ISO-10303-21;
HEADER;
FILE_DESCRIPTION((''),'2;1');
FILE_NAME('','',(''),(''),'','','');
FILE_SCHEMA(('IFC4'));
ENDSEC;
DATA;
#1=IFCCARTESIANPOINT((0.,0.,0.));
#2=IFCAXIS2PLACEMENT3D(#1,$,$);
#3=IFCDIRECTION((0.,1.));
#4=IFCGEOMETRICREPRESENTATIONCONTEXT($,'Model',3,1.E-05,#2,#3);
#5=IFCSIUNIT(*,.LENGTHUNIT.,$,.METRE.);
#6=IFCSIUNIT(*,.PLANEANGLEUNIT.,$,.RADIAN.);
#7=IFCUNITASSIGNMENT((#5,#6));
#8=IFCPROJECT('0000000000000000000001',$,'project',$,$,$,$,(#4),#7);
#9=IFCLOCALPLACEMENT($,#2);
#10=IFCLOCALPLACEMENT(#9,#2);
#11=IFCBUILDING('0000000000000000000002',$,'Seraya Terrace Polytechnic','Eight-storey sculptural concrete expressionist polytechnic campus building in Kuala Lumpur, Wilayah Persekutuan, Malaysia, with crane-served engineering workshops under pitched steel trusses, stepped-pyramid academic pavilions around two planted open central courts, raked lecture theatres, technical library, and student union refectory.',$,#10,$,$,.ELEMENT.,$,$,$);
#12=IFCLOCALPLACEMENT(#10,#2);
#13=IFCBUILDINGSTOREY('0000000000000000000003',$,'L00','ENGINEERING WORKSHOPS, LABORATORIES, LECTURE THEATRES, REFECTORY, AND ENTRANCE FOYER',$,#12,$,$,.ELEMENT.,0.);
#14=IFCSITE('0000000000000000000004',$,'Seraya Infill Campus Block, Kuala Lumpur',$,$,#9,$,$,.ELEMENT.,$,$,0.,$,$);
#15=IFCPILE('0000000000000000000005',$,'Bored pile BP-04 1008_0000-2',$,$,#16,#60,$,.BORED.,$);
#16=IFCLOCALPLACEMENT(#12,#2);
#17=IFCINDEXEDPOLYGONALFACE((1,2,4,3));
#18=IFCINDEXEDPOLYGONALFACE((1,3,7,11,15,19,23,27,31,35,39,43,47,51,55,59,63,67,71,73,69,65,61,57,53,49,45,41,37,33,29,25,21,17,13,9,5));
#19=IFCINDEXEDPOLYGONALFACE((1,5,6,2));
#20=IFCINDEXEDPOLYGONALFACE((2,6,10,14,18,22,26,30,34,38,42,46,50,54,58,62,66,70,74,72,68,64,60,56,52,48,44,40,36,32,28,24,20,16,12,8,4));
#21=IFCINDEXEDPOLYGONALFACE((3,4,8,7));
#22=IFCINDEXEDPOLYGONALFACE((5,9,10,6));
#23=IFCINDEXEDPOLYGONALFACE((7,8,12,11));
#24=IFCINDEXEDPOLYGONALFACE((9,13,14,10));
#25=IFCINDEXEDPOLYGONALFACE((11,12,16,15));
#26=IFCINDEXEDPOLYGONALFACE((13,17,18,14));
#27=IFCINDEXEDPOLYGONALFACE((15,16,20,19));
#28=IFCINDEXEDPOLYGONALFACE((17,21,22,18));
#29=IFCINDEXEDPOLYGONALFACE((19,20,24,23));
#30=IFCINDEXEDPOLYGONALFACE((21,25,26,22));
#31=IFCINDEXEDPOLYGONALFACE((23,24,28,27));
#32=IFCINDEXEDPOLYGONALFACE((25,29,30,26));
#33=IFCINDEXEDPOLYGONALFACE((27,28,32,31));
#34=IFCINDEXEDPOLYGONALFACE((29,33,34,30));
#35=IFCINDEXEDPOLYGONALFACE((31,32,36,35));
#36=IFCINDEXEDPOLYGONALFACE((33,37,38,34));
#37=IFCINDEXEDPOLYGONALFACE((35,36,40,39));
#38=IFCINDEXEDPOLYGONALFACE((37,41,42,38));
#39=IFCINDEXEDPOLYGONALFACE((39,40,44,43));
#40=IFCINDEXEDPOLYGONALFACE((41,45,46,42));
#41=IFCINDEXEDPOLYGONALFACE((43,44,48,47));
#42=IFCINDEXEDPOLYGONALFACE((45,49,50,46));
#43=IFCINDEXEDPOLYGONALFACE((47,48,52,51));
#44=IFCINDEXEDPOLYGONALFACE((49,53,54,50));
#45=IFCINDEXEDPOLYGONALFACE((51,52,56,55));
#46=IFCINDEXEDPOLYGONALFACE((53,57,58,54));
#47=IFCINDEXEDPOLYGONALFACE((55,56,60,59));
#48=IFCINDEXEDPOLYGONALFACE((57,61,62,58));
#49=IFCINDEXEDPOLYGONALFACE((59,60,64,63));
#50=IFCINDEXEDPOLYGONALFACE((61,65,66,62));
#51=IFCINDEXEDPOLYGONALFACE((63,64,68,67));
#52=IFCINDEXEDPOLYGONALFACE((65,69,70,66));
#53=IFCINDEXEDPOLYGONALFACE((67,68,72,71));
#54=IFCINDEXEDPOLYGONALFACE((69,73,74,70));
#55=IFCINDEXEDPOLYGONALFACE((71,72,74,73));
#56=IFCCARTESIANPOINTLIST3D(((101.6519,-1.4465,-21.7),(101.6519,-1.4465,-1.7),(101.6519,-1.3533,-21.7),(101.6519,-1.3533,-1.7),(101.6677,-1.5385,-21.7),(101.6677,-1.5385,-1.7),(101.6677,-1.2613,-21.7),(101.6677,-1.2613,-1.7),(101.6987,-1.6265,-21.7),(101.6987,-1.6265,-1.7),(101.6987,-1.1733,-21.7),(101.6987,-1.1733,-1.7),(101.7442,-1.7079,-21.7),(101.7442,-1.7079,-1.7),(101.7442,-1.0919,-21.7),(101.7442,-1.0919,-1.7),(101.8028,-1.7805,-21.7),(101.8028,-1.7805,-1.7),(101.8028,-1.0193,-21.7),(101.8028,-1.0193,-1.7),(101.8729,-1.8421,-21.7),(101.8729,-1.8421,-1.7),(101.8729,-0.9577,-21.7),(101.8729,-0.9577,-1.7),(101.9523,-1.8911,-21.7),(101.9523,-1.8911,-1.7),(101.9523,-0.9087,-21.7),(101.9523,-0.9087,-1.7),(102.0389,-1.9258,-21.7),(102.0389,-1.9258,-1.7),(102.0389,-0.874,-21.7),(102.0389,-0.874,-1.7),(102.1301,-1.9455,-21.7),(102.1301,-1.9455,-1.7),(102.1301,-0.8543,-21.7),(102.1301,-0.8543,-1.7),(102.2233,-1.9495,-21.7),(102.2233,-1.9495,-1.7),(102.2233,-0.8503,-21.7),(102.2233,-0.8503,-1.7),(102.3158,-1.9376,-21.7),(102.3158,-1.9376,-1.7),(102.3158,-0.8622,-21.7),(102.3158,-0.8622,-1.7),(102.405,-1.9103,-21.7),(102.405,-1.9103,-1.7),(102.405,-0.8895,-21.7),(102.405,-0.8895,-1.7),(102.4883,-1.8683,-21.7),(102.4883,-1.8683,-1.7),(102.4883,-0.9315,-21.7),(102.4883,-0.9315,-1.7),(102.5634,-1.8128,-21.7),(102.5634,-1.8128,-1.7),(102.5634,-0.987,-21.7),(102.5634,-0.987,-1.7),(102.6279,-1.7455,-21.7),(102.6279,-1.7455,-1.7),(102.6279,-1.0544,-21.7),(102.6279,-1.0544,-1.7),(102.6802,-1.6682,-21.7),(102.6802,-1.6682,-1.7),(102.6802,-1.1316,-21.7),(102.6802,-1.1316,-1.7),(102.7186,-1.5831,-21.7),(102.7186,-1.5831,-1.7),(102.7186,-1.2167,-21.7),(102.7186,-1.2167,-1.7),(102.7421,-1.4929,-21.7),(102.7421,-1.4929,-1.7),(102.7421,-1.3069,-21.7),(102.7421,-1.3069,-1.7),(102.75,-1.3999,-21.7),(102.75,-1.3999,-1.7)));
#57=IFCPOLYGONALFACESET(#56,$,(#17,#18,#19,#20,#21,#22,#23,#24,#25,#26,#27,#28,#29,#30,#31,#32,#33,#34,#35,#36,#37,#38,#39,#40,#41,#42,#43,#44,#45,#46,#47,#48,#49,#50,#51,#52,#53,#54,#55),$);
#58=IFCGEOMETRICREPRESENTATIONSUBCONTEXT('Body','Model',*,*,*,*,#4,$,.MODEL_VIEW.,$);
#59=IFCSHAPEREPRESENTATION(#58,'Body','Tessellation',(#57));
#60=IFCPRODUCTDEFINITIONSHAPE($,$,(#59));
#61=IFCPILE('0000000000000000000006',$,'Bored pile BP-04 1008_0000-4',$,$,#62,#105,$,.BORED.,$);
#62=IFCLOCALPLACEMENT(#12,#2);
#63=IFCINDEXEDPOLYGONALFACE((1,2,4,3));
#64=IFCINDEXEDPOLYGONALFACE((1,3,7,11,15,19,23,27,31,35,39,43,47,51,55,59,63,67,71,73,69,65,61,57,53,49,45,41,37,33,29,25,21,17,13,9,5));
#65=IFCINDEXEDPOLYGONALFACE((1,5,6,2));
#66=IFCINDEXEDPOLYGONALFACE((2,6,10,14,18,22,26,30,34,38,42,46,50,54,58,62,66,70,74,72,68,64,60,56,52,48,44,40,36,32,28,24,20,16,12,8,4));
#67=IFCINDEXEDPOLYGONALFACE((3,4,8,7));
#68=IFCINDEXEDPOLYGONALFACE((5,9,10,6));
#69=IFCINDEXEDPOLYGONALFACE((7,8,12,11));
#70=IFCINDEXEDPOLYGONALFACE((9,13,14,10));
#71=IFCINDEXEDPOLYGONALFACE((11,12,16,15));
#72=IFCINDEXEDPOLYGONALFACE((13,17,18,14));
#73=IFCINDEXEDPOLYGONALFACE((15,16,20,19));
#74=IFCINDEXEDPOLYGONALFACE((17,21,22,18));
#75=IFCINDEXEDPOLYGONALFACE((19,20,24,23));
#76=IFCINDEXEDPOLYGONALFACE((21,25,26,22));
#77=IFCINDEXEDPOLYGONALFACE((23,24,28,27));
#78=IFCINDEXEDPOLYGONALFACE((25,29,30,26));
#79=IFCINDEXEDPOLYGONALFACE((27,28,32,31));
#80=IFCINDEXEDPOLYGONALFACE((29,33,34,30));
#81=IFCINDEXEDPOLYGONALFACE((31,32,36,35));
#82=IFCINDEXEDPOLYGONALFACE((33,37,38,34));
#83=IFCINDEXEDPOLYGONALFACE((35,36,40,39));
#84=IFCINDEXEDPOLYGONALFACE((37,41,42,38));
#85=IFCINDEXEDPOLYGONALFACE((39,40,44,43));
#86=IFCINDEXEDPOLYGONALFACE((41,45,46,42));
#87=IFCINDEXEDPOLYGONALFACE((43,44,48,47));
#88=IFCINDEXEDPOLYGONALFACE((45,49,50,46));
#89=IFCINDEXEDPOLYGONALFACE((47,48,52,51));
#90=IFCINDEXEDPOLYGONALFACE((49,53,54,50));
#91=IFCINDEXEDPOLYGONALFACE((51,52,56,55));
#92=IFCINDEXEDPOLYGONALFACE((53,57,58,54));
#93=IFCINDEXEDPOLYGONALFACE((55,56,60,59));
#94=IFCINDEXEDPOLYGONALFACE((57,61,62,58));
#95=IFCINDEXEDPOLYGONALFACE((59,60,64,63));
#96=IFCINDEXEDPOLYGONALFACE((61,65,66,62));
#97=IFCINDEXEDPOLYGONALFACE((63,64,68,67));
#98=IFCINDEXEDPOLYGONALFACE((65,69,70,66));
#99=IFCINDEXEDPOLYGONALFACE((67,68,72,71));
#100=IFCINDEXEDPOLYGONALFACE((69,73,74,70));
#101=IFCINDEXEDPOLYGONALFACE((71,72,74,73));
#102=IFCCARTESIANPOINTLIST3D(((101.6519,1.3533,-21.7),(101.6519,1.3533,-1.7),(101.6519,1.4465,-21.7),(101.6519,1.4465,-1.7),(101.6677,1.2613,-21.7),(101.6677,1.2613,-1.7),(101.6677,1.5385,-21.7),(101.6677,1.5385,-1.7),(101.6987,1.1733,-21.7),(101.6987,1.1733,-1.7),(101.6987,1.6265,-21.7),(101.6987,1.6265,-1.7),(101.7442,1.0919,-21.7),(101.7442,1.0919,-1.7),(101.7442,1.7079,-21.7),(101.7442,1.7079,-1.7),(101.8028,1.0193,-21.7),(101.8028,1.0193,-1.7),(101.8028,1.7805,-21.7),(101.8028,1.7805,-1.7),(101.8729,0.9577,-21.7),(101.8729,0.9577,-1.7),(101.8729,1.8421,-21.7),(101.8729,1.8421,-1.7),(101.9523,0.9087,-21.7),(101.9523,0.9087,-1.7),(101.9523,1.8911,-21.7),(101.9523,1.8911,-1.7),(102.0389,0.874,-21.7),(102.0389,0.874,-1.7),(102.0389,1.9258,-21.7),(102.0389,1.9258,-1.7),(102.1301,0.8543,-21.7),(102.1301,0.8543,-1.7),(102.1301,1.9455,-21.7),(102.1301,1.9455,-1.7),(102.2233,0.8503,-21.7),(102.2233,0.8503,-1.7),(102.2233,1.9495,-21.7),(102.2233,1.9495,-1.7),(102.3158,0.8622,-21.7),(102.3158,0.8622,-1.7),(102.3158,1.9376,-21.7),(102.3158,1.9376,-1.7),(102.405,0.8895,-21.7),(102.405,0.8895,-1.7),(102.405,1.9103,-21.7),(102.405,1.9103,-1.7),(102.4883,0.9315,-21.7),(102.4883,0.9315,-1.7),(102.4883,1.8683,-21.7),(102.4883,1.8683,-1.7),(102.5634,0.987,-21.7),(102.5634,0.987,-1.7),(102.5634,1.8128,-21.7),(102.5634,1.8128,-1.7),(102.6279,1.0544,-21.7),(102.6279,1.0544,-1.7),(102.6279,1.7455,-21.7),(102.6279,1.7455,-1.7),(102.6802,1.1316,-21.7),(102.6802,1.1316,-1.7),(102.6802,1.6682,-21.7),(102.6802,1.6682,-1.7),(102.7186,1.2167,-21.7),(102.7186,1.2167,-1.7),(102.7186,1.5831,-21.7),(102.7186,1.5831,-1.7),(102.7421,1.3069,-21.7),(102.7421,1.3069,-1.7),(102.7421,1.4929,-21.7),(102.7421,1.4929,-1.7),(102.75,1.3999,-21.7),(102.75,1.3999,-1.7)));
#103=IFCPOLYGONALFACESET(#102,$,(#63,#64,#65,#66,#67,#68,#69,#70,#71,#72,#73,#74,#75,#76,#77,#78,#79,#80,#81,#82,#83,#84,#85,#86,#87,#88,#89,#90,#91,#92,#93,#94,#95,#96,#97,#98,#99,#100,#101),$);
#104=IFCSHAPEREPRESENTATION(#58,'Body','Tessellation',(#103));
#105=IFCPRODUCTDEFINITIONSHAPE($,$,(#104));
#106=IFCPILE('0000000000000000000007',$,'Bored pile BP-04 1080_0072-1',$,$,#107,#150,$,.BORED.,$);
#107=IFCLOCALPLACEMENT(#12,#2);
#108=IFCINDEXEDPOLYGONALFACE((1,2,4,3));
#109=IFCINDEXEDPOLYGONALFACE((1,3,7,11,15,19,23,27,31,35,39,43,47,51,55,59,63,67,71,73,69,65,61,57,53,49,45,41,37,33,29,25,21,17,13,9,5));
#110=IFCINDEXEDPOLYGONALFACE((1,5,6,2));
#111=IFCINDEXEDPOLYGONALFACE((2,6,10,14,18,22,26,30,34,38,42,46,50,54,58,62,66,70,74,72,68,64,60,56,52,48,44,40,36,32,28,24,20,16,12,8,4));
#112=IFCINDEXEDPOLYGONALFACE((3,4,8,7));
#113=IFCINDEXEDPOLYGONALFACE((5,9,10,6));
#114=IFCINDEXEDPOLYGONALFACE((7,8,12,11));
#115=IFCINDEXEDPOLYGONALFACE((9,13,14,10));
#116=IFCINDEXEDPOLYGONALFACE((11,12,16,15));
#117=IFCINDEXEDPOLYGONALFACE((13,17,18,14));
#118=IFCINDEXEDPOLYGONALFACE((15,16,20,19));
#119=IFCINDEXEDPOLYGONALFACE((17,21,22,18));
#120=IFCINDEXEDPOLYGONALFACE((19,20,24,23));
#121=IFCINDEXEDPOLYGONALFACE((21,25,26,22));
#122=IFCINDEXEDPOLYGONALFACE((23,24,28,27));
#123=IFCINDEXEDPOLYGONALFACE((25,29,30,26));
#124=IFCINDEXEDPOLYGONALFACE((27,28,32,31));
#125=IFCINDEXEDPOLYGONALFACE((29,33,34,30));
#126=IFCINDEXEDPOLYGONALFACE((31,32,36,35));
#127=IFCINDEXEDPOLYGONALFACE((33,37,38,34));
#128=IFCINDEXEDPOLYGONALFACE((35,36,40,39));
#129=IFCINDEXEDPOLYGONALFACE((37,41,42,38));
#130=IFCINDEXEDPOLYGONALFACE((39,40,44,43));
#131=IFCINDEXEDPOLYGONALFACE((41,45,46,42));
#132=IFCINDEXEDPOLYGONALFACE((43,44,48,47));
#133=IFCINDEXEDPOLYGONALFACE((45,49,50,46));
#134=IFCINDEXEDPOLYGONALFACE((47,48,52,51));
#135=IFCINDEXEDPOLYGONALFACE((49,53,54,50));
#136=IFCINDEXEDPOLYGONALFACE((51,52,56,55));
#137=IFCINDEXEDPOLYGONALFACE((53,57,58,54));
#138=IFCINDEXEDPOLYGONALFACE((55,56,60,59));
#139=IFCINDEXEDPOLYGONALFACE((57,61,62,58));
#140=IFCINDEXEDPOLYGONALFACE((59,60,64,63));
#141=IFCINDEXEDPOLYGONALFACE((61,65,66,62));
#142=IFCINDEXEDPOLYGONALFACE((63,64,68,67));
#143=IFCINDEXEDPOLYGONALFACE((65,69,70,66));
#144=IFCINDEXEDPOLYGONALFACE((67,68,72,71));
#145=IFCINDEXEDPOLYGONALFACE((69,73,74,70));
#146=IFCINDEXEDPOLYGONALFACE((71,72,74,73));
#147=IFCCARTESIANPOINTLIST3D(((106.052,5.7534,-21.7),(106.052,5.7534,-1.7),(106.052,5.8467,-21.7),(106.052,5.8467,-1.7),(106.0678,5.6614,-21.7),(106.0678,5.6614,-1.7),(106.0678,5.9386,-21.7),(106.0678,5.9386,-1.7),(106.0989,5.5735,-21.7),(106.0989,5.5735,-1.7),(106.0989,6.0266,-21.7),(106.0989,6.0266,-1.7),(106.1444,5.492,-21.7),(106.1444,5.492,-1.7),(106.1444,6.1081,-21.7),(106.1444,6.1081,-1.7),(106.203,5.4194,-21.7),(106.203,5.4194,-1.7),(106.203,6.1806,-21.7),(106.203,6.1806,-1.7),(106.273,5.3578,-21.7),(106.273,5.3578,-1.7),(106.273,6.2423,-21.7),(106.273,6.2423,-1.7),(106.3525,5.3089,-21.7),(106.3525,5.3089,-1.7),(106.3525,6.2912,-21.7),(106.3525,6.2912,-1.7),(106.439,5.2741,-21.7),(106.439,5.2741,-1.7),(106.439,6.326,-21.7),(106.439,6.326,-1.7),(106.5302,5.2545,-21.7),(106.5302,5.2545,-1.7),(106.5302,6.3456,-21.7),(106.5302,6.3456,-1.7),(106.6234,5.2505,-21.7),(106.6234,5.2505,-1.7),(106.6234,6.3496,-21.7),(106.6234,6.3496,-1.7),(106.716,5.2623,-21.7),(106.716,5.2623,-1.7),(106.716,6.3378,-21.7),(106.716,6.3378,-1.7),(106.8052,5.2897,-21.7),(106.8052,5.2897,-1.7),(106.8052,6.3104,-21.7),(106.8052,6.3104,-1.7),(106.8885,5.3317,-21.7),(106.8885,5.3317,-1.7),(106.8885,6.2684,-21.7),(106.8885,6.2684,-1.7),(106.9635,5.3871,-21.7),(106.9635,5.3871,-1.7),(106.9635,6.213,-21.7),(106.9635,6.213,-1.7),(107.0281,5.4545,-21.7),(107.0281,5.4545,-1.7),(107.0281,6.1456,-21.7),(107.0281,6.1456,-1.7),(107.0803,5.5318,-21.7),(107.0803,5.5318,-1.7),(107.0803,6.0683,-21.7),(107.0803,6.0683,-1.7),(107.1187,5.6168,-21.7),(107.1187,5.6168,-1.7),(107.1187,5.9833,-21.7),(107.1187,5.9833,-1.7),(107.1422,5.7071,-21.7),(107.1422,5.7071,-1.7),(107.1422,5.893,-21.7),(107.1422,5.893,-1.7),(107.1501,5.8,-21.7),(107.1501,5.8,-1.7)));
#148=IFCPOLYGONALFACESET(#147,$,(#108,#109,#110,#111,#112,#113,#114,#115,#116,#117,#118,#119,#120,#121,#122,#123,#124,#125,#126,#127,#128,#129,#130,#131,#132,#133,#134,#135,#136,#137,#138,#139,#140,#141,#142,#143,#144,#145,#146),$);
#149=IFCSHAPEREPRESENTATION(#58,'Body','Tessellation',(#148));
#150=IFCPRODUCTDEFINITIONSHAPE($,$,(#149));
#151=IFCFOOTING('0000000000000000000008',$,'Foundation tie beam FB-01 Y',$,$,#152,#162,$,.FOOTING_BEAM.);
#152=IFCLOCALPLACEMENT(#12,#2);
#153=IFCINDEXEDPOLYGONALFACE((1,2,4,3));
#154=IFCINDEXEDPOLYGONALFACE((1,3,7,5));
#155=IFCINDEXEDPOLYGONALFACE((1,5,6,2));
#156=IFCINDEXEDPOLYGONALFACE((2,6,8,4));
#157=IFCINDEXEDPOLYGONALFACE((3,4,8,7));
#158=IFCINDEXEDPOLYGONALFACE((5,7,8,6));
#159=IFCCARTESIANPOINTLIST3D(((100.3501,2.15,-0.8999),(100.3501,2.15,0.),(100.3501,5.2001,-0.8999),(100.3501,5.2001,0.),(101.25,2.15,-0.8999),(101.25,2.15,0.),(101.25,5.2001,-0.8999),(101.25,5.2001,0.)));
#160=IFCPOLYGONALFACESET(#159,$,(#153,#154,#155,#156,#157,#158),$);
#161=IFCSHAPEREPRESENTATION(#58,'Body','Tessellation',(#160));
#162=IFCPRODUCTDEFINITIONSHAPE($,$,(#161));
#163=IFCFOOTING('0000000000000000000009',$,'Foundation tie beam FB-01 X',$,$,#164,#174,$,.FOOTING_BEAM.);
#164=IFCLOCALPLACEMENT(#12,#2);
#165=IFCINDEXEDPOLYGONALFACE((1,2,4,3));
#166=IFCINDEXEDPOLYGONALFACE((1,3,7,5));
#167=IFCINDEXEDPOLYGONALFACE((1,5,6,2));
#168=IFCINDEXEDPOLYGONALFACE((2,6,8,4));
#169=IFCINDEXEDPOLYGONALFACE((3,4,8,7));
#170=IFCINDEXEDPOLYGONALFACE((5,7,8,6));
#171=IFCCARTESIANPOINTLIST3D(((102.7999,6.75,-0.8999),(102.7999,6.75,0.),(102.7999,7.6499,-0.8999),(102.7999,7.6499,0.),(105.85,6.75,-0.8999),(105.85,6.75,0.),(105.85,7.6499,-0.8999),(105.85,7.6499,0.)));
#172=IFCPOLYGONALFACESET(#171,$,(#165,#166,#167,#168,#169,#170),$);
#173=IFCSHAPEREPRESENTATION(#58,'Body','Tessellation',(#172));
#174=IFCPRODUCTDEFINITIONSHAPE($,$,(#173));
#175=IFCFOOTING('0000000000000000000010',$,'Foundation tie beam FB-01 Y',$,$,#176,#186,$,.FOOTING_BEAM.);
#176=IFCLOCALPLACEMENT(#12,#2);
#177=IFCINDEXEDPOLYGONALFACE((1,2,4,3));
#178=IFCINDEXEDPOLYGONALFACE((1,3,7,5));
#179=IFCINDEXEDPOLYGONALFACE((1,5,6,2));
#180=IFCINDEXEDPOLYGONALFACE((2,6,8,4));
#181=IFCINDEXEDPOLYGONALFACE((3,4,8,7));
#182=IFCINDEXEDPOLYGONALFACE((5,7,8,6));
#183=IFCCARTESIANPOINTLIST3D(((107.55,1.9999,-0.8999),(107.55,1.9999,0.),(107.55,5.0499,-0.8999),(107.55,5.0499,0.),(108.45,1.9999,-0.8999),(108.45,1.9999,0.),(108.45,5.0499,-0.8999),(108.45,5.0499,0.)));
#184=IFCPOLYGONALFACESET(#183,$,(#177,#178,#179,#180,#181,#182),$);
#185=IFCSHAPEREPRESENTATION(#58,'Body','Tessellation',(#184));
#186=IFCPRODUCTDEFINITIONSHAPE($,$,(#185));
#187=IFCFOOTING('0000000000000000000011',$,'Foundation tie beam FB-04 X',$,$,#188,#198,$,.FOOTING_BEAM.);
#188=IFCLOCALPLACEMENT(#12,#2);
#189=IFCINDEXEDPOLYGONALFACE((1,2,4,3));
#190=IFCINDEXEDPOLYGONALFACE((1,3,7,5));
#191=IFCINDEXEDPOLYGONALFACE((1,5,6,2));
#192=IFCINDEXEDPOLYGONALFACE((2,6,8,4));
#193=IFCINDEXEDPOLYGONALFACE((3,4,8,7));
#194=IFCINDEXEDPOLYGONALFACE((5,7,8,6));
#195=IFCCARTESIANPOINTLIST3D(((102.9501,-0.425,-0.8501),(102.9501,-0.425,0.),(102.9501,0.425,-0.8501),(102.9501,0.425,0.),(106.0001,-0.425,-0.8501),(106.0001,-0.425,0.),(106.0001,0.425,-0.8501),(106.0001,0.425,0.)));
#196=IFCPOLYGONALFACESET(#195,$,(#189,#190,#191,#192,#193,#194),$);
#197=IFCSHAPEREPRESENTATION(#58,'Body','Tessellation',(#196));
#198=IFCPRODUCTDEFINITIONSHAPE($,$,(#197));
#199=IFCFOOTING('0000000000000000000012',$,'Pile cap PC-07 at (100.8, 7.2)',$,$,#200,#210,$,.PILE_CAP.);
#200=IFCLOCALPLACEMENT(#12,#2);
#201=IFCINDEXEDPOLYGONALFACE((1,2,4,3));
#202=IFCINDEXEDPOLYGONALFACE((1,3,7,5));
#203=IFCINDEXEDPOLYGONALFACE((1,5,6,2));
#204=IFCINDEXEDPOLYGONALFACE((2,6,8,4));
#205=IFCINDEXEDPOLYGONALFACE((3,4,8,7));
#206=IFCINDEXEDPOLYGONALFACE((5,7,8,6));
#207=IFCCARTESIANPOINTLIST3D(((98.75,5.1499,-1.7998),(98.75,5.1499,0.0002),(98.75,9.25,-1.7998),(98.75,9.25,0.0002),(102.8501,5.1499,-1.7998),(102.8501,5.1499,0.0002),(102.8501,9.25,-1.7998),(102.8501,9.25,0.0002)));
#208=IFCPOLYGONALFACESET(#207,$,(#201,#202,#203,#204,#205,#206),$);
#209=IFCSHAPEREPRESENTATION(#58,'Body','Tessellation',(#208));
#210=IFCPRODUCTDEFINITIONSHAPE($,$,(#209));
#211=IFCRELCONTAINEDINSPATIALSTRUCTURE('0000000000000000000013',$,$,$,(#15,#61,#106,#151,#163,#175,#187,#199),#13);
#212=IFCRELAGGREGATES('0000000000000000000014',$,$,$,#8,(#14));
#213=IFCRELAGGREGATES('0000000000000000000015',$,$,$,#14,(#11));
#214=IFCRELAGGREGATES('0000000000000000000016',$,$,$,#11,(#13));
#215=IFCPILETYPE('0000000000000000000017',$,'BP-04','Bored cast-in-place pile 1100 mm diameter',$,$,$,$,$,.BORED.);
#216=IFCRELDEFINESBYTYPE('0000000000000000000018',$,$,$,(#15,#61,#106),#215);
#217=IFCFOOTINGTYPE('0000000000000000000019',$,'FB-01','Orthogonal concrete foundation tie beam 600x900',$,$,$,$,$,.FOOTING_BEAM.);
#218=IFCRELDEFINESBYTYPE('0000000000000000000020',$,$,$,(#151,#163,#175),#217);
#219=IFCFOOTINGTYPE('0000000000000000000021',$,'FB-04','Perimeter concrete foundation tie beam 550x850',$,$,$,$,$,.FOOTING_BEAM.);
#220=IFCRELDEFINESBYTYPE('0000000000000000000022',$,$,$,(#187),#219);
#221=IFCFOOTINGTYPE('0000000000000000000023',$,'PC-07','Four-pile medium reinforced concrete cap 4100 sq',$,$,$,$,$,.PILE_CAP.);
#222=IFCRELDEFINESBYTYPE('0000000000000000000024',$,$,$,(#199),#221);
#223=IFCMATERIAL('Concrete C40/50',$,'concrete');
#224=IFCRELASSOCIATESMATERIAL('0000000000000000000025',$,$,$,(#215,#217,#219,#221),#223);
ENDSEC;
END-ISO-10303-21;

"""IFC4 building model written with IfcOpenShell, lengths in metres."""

from ifc_helpers import new_model, si_unit, direction, frame, origin, origin_2d, place, context, subcontext, project, spatial, rectangle, circle, extrude, material, material_profile, profile_set, type_object, element, save


model = new_model("IFC4")

# Units and contexts
model_context = context("Model", 3, precision=1e-05, world=origin(), true_north=direction((0.0, 1.0)))
body_context = subcontext(model_context, "Body", "Model", "MODEL_VIEW")
ifc_project = project(units=[si_unit("LENGTHUNIT", "METRE"), si_unit("PLANEANGLEUNIT", "RADIAN")], contexts=[model_context])

# Site, building, storey
site_placement = place(None, origin())
site = spatial("IfcSite", under=ifc_project, at=site_placement, Name="Seraya Infill Campus Block, Kuala Lumpur", CompositionType="ELEMENT", RefElevation=0.0)
building_placement = place(site_placement, origin())
building = spatial("IfcBuilding", under=site, at=building_placement, Name="Seraya Terrace Polytechnic", Description="Eight-storey sculptural concrete expressionist polytechnic campus building in Kuala Lumpur, Wilayah Persekutuan, Malaysia, with crane-served engineering workshops under pitched steel trusses, stepped-pyramid academic pavilions around two planted open central courts, raked lecture theatres, technical library, and student union refectory.", CompositionType="ELEMENT")
storey_placement = place(building_placement, origin())
storey = spatial("IfcBuildingStorey", under=building, at=storey_placement, Name="L00", Description="ENGINEERING WORKSHOPS, LABORATORIES, LECTURE THEATRES, REFECTORY, AND ENTRANCE FOYER", CompositionType="ELEMENT", Elevation=0.0)

# Piles
ifc_material_1 = material(Name="Concrete C40/50", Category="concrete")
ifc_material_profile_1 = material_profile(ifc_material_1, circle(Radius=0.55, at=origin_2d()), Name="DIA 1100")
ifc_profile_set_1 = profile_set([ifc_material_profile_1], Name="Concrete C40/50")
pile_type_1 = type_object("IfcPileType", Name="BP-04", Description="Bored cast-in-place pile 1100 mm diameter", PredefinedType="BORED", material=ifc_profile_set_1)
for number, where, z_axis, x_axis, name in (
    (1, (102.2, -1.3999, -1.7), (0.0, 0.0, -1.0), (1.0, 0.0, 0.0), "Bored pile BP-04 1008_0000-2"),
    (2, (102.2, 1.3999, -1.7), (0.0, 0.0, -1.0), (1.0, 0.0, 0.0), "Bored pile BP-04 1008_0000-4"),
    (3, (106.6001, 5.8, -1.7), (0.0, 0.0, -1.0), (1.0, 0.0, 0.0), "Bored pile BP-04 1080_0072-1"),
):
    element("IfcPile", number, at=place(storey_placement, frame(where, z_axis=z_axis, x_axis=x_axis)), inside=storey, type_object=pile_type_1, Name=name, PredefinedType="BORED", context=body_context, shape_type="SweptSolid", body=[
        extrude(circle(Radius=0.55, at=origin_2d()), origin(), (0.0, 0.0, 1.0), 20.0),
    ])

# Footings
footing_type_1 = type_object("IfcFootingType", Name="FB-01", Description="Orthogonal concrete foundation tie beam 600x900", PredefinedType="FOOTING_BEAM", material=ifc_material_1)
for number, where, z_axis, x_axis, name in (
    (4, (100.8, 3.675, -0.8999), (0.0, 0.0, 1.0), (0.0, 1.0, 0.0), "Foundation tie beam FB-01 Y"),
    (5, (104.325, 7.2, -0.8999), (0.0, 0.0, 1.0), (1.0, 0.0, 0.0), "Foundation tie beam FB-01 X"),
    (6, (108.0, 3.5249, -0.8999), (0.0, 0.0, 1.0), (0.0, 1.0, 0.0), "Foundation tie beam FB-01 Y"),
):
    element("IfcFooting", number, at=place(storey_placement, frame(where, z_axis=z_axis, x_axis=x_axis)), inside=storey, type_object=footing_type_1, Name=name, PredefinedType="FOOTING_BEAM", context=body_context, shape_type="SweptSolid", body=[
        extrude(rectangle(XDim=3.05, YDim=0.8999, at=origin_2d()), origin(), (0.0, 0.0, 1.0), 0.8999),
    ])
footing_type_2 = type_object("IfcFootingType", Name="FB-04", Description="Perimeter concrete foundation tie beam 550x850", PredefinedType="FOOTING_BEAM", material=ifc_material_1)
footing_1_placement = place(storey_placement, frame((104.4751, 0.0, -0.8501), z_axis=(0.0, 0.0, 1.0), x_axis=(1.0, 0.0, 0.0)))
element("IfcFooting", 7, at=footing_1_placement, inside=storey, type_object=footing_type_2, Name="Foundation tie beam FB-04 X", PredefinedType="FOOTING_BEAM", context=body_context, shape_type="SweptSolid", body=[
    extrude(rectangle(XDim=3.05, YDim=0.8501, at=origin_2d()), origin(), (0.0, 0.0, 1.0), 0.8501),
])
footing_type_3 = type_object("IfcFootingType", Name="PC-07", Description="Four-pile medium reinforced concrete cap 4100 sq", PredefinedType="PILE_CAP", material=ifc_material_1)
for number, where, z_axis, x_axis, name in (
    (8, (100.8, 7.2, -1.7998), (0.0, 0.0, 1.0), (1.0, 0.0, 0.0), "Pile cap PC-07 at (100.8, 7.2)"),
):
    element("IfcFooting", number, at=place(storey_placement, frame(where, z_axis=z_axis, x_axis=x_axis)), inside=storey, type_object=footing_type_3, Name=name, PredefinedType="PILE_CAP", context=body_context, shape_type="SweptSolid", body=[
        extrude(rectangle(XDim=4.1001, YDim=4.1001, at=origin_2d()), origin(), (0.0, 0.0, 1.0), 1.8),
    ])

save(model, "model.ifc")
